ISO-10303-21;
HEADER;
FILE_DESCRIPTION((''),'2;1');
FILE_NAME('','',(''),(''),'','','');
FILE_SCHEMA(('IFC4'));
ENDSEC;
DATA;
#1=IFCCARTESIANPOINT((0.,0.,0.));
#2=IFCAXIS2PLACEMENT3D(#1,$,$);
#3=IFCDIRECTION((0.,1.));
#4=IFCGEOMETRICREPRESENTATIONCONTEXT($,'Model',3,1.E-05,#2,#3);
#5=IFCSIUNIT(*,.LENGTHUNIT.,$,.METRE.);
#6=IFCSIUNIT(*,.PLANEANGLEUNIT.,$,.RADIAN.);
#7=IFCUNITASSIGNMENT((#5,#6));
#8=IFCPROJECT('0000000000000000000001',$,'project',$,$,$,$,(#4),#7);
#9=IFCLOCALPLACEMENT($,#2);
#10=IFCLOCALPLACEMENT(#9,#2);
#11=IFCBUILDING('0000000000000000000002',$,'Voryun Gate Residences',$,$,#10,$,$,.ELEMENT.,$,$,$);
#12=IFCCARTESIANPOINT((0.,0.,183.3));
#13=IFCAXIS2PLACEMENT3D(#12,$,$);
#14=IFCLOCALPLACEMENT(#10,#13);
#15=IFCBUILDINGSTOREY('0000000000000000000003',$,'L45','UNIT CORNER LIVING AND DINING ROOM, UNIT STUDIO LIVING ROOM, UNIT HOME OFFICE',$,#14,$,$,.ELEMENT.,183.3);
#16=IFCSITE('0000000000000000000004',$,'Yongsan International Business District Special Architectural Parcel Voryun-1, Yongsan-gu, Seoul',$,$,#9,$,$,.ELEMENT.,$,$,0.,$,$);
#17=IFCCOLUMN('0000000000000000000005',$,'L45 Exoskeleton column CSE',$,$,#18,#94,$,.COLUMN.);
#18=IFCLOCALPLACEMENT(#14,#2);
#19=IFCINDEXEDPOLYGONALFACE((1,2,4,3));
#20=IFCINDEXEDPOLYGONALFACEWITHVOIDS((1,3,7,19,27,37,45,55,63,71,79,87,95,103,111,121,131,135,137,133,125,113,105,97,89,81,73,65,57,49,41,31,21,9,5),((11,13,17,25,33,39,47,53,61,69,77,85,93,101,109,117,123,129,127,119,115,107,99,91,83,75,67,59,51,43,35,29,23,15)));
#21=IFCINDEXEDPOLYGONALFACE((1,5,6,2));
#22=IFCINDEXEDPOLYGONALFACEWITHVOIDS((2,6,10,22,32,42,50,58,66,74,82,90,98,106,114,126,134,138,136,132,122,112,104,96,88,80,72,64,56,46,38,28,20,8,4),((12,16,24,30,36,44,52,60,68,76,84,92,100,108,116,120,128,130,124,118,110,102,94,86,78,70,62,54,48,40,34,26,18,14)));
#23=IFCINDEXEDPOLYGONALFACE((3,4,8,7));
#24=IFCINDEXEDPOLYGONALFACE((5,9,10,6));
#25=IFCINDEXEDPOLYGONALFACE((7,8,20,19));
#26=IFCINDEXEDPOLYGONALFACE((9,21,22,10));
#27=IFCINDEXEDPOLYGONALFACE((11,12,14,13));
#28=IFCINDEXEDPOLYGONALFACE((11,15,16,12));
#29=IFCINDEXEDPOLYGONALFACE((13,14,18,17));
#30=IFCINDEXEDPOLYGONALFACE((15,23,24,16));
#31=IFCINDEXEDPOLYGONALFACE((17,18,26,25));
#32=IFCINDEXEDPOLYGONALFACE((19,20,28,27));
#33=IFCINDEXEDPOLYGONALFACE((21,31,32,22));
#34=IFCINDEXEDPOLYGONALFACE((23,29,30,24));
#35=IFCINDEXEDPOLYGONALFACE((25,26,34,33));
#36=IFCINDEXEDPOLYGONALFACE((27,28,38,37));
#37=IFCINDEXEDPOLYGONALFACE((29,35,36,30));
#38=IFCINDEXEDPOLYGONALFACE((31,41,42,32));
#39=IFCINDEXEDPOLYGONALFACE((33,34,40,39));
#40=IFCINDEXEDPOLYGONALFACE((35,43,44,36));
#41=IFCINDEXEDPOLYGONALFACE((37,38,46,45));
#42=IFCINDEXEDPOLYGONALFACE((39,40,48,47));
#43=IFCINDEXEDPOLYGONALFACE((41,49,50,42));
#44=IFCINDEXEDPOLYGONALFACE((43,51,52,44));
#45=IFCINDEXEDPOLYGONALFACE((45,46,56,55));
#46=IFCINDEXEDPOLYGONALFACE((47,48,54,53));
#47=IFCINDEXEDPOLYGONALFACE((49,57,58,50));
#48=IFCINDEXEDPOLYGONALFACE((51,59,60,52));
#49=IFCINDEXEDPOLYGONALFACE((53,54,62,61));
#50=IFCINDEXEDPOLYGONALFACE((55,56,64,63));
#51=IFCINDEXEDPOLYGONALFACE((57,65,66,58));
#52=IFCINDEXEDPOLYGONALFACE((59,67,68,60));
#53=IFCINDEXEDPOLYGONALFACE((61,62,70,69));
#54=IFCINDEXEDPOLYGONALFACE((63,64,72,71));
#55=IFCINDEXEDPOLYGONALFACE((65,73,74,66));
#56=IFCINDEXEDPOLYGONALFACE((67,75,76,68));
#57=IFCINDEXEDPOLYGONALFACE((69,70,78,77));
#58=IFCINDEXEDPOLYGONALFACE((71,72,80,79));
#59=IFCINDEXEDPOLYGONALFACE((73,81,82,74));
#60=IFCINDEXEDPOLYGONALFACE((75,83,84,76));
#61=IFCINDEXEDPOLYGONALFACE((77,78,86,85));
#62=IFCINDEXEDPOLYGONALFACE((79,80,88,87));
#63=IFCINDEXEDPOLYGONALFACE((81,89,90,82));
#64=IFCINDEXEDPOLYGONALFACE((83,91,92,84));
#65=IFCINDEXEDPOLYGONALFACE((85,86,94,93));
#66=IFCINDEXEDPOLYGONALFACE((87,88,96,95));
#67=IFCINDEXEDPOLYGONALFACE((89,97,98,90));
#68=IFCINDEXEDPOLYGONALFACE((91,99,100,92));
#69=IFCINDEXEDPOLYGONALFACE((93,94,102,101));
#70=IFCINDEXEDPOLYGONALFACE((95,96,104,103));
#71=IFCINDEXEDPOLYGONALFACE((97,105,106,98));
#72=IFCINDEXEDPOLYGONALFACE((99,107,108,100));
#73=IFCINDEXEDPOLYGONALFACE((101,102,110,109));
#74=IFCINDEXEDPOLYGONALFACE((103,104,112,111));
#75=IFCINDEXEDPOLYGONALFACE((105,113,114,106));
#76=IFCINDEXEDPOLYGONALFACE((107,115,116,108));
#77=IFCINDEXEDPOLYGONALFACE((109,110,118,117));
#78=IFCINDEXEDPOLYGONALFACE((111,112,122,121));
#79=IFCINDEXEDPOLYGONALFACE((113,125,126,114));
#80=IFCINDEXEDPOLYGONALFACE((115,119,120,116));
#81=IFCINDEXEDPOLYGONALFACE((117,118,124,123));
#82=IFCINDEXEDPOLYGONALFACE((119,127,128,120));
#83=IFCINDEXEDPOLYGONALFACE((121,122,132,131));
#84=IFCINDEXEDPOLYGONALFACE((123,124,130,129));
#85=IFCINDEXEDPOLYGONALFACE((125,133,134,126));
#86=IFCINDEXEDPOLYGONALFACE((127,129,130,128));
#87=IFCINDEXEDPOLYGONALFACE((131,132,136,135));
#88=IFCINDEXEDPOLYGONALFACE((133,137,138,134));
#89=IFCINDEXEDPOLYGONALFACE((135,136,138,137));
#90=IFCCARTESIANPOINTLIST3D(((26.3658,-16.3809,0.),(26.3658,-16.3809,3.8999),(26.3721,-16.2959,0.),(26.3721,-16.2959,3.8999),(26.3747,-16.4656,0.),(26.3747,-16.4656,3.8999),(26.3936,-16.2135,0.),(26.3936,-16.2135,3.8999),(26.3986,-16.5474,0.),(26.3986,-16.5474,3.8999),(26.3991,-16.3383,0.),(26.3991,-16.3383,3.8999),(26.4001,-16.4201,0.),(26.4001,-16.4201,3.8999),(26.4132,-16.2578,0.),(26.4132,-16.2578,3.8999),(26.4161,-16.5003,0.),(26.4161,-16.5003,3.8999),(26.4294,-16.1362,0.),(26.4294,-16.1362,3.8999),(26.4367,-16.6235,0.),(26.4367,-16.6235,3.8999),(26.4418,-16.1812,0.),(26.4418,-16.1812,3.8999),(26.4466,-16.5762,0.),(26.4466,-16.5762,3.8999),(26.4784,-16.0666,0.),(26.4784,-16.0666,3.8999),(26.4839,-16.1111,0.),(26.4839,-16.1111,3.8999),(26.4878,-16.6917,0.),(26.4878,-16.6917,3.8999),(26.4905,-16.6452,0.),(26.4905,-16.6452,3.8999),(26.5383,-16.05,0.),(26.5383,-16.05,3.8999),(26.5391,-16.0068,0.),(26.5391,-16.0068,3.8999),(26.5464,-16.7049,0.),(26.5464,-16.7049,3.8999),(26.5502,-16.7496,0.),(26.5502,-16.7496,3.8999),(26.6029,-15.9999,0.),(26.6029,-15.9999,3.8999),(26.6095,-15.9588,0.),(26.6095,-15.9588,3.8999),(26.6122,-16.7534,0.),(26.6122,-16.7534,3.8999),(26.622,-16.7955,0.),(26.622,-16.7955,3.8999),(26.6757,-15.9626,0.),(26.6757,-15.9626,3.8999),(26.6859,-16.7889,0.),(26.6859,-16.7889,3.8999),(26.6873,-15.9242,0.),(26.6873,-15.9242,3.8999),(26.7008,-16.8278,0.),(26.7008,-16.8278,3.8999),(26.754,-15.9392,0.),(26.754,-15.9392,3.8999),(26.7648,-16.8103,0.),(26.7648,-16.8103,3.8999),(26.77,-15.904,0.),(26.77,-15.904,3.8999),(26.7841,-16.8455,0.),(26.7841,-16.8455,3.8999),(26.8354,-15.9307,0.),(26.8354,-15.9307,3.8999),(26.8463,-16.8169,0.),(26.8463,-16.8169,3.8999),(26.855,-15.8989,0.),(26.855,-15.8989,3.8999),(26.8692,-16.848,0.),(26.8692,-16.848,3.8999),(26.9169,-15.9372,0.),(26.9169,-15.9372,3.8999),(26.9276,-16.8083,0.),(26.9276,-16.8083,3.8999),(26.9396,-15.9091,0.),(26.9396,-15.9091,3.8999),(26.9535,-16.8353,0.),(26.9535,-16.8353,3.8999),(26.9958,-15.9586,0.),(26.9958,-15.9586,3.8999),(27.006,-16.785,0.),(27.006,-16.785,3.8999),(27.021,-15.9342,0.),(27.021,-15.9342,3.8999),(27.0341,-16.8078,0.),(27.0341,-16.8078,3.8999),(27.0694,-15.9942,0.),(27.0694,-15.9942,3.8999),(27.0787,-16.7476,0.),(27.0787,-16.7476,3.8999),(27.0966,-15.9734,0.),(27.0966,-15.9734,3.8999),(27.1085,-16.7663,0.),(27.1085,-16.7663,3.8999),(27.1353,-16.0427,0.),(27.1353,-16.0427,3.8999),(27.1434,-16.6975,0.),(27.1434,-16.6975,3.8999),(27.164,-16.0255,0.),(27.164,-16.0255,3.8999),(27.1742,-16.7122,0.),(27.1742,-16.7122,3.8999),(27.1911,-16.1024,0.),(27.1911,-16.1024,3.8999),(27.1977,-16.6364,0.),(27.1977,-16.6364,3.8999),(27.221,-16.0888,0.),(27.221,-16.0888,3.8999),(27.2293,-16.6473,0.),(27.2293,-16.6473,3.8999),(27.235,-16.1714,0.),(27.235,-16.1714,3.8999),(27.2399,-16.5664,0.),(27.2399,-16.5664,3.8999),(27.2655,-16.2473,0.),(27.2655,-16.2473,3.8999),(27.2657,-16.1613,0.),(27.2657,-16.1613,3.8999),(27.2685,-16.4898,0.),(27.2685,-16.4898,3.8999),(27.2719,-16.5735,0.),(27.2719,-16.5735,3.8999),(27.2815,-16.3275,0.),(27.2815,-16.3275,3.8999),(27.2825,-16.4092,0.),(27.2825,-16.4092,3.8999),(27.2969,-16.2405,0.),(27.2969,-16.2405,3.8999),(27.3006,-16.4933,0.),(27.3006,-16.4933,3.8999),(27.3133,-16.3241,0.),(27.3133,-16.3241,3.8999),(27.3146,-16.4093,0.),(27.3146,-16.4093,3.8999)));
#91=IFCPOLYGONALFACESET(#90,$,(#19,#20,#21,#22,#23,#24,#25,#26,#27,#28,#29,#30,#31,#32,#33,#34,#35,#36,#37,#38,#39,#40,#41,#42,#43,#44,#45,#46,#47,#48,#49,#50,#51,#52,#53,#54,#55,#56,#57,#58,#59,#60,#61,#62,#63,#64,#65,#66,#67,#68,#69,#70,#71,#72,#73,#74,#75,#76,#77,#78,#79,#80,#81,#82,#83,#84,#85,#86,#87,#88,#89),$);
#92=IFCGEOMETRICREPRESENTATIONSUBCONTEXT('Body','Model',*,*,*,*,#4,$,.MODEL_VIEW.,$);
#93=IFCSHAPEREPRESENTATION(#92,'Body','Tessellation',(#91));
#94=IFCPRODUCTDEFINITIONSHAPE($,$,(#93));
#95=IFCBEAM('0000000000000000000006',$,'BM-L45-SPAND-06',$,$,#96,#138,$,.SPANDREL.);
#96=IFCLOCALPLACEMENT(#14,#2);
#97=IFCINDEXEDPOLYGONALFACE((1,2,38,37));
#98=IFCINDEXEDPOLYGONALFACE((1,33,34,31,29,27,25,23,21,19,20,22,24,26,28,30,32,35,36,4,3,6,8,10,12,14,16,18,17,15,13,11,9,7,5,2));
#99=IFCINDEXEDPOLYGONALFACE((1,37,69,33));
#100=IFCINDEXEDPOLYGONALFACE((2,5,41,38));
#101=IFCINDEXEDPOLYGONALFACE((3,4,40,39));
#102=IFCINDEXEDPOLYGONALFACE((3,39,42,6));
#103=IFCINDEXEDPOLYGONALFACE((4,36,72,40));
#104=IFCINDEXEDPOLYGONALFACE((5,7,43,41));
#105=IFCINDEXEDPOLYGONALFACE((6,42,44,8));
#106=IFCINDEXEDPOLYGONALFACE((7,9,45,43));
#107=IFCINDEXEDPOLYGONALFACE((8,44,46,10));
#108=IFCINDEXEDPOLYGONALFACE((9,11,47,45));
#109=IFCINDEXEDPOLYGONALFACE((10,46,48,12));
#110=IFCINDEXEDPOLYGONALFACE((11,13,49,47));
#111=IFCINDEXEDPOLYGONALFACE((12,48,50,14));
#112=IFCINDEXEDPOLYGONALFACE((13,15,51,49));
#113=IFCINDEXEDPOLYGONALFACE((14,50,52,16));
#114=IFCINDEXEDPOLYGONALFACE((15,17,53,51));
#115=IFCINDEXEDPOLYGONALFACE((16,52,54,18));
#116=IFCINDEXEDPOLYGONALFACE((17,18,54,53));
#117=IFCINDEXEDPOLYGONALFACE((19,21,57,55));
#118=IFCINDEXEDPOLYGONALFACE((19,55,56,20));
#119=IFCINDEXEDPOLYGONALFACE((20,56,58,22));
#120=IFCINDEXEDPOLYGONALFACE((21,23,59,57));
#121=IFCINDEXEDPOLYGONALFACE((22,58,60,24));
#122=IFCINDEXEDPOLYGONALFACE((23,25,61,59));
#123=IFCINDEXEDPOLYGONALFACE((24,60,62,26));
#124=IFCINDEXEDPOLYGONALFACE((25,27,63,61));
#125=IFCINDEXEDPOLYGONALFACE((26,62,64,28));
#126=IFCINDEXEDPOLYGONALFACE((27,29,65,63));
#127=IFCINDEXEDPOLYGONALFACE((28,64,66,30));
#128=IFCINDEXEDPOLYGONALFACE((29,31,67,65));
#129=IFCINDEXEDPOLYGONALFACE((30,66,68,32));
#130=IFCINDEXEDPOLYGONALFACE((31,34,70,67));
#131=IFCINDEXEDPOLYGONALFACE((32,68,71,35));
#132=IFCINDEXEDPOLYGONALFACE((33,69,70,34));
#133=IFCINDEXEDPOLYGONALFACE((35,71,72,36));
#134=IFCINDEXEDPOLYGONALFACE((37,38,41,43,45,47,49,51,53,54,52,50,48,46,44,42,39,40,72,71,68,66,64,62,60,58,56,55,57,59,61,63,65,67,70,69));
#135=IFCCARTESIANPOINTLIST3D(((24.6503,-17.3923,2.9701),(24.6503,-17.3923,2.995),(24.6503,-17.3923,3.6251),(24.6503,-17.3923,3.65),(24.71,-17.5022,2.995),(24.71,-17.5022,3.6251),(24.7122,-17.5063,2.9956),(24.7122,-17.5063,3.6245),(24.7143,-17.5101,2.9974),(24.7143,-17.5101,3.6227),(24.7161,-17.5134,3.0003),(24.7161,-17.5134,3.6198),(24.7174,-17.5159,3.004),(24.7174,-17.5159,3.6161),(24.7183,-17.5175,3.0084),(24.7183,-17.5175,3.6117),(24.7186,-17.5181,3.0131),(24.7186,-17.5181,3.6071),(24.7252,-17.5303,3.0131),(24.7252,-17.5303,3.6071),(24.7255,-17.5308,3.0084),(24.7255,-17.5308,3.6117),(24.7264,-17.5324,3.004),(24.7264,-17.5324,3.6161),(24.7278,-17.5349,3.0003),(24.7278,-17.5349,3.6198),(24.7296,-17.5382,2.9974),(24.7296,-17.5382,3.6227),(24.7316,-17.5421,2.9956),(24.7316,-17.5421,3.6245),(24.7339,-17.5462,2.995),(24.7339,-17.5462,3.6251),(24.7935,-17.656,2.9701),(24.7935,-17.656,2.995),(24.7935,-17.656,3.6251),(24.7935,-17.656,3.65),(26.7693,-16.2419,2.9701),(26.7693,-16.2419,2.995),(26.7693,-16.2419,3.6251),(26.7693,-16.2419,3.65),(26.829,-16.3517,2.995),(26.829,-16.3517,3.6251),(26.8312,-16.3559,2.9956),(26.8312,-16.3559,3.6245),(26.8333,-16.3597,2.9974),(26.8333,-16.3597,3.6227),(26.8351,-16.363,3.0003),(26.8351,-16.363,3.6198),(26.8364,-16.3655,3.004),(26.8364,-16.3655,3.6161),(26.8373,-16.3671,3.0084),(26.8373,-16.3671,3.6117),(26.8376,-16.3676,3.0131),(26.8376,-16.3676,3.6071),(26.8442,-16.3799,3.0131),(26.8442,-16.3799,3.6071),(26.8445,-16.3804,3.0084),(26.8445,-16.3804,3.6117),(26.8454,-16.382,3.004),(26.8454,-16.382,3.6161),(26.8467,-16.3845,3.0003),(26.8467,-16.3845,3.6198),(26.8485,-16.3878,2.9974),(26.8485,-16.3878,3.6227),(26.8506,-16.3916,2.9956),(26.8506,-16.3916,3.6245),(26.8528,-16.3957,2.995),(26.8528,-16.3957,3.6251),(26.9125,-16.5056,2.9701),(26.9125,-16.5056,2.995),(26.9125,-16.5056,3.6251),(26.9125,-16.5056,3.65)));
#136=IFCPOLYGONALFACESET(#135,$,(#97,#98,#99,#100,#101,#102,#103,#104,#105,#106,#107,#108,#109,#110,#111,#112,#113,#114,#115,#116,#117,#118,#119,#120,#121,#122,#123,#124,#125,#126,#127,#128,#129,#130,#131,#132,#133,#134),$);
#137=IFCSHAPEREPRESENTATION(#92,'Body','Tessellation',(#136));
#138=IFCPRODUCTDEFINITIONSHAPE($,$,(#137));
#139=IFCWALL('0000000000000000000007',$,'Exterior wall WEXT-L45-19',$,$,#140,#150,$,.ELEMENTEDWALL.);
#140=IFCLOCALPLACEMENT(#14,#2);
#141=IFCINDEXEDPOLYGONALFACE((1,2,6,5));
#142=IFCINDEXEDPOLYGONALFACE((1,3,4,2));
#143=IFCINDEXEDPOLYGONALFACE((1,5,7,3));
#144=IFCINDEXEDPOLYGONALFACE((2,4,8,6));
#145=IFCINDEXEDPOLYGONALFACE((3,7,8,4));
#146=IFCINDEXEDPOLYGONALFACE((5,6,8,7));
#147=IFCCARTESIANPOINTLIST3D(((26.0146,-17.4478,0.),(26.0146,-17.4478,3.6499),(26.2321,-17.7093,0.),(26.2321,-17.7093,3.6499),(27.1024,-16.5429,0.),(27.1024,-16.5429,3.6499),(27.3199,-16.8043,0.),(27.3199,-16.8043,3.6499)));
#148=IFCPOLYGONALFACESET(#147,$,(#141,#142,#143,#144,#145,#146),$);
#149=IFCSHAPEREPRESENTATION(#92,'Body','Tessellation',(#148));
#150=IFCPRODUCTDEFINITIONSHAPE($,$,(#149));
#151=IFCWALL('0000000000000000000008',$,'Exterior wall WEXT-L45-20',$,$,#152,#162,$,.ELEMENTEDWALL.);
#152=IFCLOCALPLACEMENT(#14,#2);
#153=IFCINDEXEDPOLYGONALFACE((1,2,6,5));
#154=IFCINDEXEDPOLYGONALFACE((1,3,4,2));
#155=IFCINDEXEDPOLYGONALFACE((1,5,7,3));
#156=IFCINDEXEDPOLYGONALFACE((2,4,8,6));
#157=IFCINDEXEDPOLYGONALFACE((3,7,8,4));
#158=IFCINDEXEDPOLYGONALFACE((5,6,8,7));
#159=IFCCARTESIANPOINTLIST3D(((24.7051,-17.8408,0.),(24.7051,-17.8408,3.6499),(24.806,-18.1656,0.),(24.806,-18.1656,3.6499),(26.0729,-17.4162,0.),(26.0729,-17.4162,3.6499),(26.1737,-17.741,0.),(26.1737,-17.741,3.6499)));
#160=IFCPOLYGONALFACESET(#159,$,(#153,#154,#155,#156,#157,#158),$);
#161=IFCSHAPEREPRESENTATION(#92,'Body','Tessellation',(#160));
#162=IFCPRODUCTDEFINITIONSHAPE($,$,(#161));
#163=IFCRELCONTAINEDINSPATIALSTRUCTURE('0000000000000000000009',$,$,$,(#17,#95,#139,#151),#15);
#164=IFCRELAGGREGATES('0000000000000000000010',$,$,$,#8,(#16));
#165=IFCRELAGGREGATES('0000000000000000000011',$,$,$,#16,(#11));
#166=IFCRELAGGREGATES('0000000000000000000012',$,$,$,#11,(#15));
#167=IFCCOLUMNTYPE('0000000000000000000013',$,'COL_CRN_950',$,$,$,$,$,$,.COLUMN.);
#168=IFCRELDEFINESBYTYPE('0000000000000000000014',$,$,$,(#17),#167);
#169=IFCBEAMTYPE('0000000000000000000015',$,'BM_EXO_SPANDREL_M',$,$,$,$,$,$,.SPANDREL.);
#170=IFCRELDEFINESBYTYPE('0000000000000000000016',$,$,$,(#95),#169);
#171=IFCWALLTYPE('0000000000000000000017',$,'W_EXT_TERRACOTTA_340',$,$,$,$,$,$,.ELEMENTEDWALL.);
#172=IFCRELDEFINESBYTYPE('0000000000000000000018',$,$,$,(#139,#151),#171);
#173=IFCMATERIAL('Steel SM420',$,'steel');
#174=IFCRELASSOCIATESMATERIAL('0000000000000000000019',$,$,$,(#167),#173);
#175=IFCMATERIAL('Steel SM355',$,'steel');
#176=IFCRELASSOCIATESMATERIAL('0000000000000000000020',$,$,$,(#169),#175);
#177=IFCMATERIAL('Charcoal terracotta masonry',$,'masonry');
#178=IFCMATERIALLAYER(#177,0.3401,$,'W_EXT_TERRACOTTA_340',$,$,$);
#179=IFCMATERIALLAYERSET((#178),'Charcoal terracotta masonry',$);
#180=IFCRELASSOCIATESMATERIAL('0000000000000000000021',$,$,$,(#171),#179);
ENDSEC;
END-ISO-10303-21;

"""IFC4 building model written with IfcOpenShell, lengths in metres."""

from ifc_helpers import new_model, si_unit, direction, frame, frame_2d, origin, origin_2d, place, context, subcontext, project, spatial, rectangle, hollow_circle, i_section, extrude, material, layer, layer_set, material_profile, profile_set, type_object, element, save


model = new_model("IFC4")

# Units and contexts
model_context = context("Model", 3, precision=1e-05, world=origin(), true_north=direction((0.0, 1.0)))
body_context = subcontext(model_context, "Body", "Model", "MODEL_VIEW")
ifc_project = project(units=[si_unit("LENGTHUNIT", "METRE"), si_unit("PLANEANGLEUNIT", "RADIAN")], contexts=[model_context])

# Site, building, storey
site_placement = place(None, origin())
site = spatial("IfcSite", under=ifc_project, at=site_placement, Name="Yongsan International Business District Special Architectural Parcel Voryun-1, Yongsan-gu, Seoul", CompositionType="ELEMENT", RefElevation=0.0)
building_placement = place(site_placement, origin())
building = spatial("IfcBuilding", under=site, at=building_placement, Name="Voryun Gate Residences", CompositionType="ELEMENT")
storey_placement = place(building_placement, frame((0.0, 0.0, 183.3)))
storey = spatial("IfcBuildingStorey", under=building, at=storey_placement, Name="L45", Description="UNIT CORNER LIVING AND DINING ROOM, UNIT STUDIO LIVING ROOM, UNIT HOME OFFICE", CompositionType="ELEMENT", Elevation=183.3)

# Column
ifc_material_1 = material(Name="Steel SM420", Category="steel")
ifc_material_profile_1 = material_profile(ifc_material_1, hollow_circle(Radius=0.4751, WallThickness=0.032, at=origin_2d()), Name="CHS-950x32")
ifc_profile_set_1 = profile_set([ifc_material_profile_1], Name="Steel SM420")
column_type = type_object("IfcColumnType", Name="COL_CRN_950", PredefinedType="COLUMN", material=ifc_profile_set_1)
column_placement = place(storey_placement, frame((26.8408, -16.3738, 0.0), z_axis=(0.0, 0.0, 1.0), x_axis=(0.994522, 0.104528, 0.0)))
element("IfcColumn", 1, at=column_placement, inside=storey, type_object=column_type, Name="L45 Exoskeleton column CSE", PredefinedType="COLUMN", context=body_context, shape_type="SweptSolid", body=[
    extrude(hollow_circle(Radius=0.4751, WallThickness=0.032, at=origin_2d()), origin(), (0.0, 0.0, 1.0), 3.8999),
])

# Beam
ifc_material_2 = material(Name="Steel SM355", Category="steel")
ifc_material_profile_2 = material_profile(ifc_material_2, i_section(OverallWidth=0.3, OverallDepth=0.6799, WebThickness=0.0139, FlangeThickness=0.0249, FilletRadius=0.0181, at=origin_2d()), Name="H-680x300x14x25")
ifc_profile_set_2 = profile_set([ifc_material_profile_2], Name="Steel SM355")
beam_type = type_object("IfcBeamType", Name="BM_EXO_SPANDREL_M", PredefinedType="SPANDREL", material=ifc_profile_set_2)
beam_placement = place(storey_placement, frame((24.7219, -17.5242, 3.3101), z_axis=(0.87883, 0.477134, 0.0), x_axis=(-0.477134, 0.87883, 0.0)))
element("IfcBeam", 2, at=beam_placement, inside=storey, type_object=beam_type, Name="BM-L45-SPAND-06", PredefinedType="SPANDREL", context=body_context, shape_type="SweptSolid", body=[
    extrude(i_section(OverallWidth=0.3, OverallDepth=0.6799, WebThickness=0.0139, FlangeThickness=0.0249, FilletRadius=0.0181, at=origin_2d()), origin(), (0.0, 0.0, 1.0), 2.4111),
])

# Shared definitions
ifc_material_3 = material(Name="Charcoal terracotta masonry", Category="masonry")
ifc_layer = layer(ifc_material_3, 0.3401, Name="W_EXT_TERRACOTTA_340")
ifc_layer_set = layer_set([ifc_layer], Name="Charcoal terracotta masonry")
wall_type = type_object("IfcWallType", Name="W_EXT_TERRACOTTA_340", PredefinedType="ELEMENTEDWALL", material=ifc_layer_set)

# Walls
wall_1_placement = place(storey_placement, frame((27.2112, -16.6736, 0.0), z_axis=(0.0, 0.0, 1.0), x_axis=(-0.768758, -0.639539, 0.0)))
element("IfcWall", 3, at=wall_1_placement, inside=storey, type_object=wall_type, Name="Exterior wall WEXT-L45-19", PredefinedType="ELEMENTEDWALL", context=body_context, shape_type="SweptSolid", body=[
    extrude(rectangle(XDim=1.415, YDim=0.3401, at=frame_2d((0.7075, 0.0))), origin(), (0.0, 0.0, 1.0), 3.6499),
])
wall_2_placement = place(storey_placement, frame((26.1233, -17.5786, 0.0), z_axis=(0.0, 0.0, 1.0), x_axis=(-0.955043, -0.296469, 0.0)))
element("IfcWall", 4, at=wall_2_placement, inside=storey, type_object=wall_type, Name="Exterior wall WEXT-L45-20", PredefinedType="ELEMENTEDWALL", context=body_context, shape_type="SweptSolid", body=[
    extrude(rectangle(XDim=1.4321, YDim=0.3401, at=frame_2d((0.7161, 0.0))), origin(), (0.0, 0.0, 1.0), 3.6499),
])

save(model, "model.ifc")
